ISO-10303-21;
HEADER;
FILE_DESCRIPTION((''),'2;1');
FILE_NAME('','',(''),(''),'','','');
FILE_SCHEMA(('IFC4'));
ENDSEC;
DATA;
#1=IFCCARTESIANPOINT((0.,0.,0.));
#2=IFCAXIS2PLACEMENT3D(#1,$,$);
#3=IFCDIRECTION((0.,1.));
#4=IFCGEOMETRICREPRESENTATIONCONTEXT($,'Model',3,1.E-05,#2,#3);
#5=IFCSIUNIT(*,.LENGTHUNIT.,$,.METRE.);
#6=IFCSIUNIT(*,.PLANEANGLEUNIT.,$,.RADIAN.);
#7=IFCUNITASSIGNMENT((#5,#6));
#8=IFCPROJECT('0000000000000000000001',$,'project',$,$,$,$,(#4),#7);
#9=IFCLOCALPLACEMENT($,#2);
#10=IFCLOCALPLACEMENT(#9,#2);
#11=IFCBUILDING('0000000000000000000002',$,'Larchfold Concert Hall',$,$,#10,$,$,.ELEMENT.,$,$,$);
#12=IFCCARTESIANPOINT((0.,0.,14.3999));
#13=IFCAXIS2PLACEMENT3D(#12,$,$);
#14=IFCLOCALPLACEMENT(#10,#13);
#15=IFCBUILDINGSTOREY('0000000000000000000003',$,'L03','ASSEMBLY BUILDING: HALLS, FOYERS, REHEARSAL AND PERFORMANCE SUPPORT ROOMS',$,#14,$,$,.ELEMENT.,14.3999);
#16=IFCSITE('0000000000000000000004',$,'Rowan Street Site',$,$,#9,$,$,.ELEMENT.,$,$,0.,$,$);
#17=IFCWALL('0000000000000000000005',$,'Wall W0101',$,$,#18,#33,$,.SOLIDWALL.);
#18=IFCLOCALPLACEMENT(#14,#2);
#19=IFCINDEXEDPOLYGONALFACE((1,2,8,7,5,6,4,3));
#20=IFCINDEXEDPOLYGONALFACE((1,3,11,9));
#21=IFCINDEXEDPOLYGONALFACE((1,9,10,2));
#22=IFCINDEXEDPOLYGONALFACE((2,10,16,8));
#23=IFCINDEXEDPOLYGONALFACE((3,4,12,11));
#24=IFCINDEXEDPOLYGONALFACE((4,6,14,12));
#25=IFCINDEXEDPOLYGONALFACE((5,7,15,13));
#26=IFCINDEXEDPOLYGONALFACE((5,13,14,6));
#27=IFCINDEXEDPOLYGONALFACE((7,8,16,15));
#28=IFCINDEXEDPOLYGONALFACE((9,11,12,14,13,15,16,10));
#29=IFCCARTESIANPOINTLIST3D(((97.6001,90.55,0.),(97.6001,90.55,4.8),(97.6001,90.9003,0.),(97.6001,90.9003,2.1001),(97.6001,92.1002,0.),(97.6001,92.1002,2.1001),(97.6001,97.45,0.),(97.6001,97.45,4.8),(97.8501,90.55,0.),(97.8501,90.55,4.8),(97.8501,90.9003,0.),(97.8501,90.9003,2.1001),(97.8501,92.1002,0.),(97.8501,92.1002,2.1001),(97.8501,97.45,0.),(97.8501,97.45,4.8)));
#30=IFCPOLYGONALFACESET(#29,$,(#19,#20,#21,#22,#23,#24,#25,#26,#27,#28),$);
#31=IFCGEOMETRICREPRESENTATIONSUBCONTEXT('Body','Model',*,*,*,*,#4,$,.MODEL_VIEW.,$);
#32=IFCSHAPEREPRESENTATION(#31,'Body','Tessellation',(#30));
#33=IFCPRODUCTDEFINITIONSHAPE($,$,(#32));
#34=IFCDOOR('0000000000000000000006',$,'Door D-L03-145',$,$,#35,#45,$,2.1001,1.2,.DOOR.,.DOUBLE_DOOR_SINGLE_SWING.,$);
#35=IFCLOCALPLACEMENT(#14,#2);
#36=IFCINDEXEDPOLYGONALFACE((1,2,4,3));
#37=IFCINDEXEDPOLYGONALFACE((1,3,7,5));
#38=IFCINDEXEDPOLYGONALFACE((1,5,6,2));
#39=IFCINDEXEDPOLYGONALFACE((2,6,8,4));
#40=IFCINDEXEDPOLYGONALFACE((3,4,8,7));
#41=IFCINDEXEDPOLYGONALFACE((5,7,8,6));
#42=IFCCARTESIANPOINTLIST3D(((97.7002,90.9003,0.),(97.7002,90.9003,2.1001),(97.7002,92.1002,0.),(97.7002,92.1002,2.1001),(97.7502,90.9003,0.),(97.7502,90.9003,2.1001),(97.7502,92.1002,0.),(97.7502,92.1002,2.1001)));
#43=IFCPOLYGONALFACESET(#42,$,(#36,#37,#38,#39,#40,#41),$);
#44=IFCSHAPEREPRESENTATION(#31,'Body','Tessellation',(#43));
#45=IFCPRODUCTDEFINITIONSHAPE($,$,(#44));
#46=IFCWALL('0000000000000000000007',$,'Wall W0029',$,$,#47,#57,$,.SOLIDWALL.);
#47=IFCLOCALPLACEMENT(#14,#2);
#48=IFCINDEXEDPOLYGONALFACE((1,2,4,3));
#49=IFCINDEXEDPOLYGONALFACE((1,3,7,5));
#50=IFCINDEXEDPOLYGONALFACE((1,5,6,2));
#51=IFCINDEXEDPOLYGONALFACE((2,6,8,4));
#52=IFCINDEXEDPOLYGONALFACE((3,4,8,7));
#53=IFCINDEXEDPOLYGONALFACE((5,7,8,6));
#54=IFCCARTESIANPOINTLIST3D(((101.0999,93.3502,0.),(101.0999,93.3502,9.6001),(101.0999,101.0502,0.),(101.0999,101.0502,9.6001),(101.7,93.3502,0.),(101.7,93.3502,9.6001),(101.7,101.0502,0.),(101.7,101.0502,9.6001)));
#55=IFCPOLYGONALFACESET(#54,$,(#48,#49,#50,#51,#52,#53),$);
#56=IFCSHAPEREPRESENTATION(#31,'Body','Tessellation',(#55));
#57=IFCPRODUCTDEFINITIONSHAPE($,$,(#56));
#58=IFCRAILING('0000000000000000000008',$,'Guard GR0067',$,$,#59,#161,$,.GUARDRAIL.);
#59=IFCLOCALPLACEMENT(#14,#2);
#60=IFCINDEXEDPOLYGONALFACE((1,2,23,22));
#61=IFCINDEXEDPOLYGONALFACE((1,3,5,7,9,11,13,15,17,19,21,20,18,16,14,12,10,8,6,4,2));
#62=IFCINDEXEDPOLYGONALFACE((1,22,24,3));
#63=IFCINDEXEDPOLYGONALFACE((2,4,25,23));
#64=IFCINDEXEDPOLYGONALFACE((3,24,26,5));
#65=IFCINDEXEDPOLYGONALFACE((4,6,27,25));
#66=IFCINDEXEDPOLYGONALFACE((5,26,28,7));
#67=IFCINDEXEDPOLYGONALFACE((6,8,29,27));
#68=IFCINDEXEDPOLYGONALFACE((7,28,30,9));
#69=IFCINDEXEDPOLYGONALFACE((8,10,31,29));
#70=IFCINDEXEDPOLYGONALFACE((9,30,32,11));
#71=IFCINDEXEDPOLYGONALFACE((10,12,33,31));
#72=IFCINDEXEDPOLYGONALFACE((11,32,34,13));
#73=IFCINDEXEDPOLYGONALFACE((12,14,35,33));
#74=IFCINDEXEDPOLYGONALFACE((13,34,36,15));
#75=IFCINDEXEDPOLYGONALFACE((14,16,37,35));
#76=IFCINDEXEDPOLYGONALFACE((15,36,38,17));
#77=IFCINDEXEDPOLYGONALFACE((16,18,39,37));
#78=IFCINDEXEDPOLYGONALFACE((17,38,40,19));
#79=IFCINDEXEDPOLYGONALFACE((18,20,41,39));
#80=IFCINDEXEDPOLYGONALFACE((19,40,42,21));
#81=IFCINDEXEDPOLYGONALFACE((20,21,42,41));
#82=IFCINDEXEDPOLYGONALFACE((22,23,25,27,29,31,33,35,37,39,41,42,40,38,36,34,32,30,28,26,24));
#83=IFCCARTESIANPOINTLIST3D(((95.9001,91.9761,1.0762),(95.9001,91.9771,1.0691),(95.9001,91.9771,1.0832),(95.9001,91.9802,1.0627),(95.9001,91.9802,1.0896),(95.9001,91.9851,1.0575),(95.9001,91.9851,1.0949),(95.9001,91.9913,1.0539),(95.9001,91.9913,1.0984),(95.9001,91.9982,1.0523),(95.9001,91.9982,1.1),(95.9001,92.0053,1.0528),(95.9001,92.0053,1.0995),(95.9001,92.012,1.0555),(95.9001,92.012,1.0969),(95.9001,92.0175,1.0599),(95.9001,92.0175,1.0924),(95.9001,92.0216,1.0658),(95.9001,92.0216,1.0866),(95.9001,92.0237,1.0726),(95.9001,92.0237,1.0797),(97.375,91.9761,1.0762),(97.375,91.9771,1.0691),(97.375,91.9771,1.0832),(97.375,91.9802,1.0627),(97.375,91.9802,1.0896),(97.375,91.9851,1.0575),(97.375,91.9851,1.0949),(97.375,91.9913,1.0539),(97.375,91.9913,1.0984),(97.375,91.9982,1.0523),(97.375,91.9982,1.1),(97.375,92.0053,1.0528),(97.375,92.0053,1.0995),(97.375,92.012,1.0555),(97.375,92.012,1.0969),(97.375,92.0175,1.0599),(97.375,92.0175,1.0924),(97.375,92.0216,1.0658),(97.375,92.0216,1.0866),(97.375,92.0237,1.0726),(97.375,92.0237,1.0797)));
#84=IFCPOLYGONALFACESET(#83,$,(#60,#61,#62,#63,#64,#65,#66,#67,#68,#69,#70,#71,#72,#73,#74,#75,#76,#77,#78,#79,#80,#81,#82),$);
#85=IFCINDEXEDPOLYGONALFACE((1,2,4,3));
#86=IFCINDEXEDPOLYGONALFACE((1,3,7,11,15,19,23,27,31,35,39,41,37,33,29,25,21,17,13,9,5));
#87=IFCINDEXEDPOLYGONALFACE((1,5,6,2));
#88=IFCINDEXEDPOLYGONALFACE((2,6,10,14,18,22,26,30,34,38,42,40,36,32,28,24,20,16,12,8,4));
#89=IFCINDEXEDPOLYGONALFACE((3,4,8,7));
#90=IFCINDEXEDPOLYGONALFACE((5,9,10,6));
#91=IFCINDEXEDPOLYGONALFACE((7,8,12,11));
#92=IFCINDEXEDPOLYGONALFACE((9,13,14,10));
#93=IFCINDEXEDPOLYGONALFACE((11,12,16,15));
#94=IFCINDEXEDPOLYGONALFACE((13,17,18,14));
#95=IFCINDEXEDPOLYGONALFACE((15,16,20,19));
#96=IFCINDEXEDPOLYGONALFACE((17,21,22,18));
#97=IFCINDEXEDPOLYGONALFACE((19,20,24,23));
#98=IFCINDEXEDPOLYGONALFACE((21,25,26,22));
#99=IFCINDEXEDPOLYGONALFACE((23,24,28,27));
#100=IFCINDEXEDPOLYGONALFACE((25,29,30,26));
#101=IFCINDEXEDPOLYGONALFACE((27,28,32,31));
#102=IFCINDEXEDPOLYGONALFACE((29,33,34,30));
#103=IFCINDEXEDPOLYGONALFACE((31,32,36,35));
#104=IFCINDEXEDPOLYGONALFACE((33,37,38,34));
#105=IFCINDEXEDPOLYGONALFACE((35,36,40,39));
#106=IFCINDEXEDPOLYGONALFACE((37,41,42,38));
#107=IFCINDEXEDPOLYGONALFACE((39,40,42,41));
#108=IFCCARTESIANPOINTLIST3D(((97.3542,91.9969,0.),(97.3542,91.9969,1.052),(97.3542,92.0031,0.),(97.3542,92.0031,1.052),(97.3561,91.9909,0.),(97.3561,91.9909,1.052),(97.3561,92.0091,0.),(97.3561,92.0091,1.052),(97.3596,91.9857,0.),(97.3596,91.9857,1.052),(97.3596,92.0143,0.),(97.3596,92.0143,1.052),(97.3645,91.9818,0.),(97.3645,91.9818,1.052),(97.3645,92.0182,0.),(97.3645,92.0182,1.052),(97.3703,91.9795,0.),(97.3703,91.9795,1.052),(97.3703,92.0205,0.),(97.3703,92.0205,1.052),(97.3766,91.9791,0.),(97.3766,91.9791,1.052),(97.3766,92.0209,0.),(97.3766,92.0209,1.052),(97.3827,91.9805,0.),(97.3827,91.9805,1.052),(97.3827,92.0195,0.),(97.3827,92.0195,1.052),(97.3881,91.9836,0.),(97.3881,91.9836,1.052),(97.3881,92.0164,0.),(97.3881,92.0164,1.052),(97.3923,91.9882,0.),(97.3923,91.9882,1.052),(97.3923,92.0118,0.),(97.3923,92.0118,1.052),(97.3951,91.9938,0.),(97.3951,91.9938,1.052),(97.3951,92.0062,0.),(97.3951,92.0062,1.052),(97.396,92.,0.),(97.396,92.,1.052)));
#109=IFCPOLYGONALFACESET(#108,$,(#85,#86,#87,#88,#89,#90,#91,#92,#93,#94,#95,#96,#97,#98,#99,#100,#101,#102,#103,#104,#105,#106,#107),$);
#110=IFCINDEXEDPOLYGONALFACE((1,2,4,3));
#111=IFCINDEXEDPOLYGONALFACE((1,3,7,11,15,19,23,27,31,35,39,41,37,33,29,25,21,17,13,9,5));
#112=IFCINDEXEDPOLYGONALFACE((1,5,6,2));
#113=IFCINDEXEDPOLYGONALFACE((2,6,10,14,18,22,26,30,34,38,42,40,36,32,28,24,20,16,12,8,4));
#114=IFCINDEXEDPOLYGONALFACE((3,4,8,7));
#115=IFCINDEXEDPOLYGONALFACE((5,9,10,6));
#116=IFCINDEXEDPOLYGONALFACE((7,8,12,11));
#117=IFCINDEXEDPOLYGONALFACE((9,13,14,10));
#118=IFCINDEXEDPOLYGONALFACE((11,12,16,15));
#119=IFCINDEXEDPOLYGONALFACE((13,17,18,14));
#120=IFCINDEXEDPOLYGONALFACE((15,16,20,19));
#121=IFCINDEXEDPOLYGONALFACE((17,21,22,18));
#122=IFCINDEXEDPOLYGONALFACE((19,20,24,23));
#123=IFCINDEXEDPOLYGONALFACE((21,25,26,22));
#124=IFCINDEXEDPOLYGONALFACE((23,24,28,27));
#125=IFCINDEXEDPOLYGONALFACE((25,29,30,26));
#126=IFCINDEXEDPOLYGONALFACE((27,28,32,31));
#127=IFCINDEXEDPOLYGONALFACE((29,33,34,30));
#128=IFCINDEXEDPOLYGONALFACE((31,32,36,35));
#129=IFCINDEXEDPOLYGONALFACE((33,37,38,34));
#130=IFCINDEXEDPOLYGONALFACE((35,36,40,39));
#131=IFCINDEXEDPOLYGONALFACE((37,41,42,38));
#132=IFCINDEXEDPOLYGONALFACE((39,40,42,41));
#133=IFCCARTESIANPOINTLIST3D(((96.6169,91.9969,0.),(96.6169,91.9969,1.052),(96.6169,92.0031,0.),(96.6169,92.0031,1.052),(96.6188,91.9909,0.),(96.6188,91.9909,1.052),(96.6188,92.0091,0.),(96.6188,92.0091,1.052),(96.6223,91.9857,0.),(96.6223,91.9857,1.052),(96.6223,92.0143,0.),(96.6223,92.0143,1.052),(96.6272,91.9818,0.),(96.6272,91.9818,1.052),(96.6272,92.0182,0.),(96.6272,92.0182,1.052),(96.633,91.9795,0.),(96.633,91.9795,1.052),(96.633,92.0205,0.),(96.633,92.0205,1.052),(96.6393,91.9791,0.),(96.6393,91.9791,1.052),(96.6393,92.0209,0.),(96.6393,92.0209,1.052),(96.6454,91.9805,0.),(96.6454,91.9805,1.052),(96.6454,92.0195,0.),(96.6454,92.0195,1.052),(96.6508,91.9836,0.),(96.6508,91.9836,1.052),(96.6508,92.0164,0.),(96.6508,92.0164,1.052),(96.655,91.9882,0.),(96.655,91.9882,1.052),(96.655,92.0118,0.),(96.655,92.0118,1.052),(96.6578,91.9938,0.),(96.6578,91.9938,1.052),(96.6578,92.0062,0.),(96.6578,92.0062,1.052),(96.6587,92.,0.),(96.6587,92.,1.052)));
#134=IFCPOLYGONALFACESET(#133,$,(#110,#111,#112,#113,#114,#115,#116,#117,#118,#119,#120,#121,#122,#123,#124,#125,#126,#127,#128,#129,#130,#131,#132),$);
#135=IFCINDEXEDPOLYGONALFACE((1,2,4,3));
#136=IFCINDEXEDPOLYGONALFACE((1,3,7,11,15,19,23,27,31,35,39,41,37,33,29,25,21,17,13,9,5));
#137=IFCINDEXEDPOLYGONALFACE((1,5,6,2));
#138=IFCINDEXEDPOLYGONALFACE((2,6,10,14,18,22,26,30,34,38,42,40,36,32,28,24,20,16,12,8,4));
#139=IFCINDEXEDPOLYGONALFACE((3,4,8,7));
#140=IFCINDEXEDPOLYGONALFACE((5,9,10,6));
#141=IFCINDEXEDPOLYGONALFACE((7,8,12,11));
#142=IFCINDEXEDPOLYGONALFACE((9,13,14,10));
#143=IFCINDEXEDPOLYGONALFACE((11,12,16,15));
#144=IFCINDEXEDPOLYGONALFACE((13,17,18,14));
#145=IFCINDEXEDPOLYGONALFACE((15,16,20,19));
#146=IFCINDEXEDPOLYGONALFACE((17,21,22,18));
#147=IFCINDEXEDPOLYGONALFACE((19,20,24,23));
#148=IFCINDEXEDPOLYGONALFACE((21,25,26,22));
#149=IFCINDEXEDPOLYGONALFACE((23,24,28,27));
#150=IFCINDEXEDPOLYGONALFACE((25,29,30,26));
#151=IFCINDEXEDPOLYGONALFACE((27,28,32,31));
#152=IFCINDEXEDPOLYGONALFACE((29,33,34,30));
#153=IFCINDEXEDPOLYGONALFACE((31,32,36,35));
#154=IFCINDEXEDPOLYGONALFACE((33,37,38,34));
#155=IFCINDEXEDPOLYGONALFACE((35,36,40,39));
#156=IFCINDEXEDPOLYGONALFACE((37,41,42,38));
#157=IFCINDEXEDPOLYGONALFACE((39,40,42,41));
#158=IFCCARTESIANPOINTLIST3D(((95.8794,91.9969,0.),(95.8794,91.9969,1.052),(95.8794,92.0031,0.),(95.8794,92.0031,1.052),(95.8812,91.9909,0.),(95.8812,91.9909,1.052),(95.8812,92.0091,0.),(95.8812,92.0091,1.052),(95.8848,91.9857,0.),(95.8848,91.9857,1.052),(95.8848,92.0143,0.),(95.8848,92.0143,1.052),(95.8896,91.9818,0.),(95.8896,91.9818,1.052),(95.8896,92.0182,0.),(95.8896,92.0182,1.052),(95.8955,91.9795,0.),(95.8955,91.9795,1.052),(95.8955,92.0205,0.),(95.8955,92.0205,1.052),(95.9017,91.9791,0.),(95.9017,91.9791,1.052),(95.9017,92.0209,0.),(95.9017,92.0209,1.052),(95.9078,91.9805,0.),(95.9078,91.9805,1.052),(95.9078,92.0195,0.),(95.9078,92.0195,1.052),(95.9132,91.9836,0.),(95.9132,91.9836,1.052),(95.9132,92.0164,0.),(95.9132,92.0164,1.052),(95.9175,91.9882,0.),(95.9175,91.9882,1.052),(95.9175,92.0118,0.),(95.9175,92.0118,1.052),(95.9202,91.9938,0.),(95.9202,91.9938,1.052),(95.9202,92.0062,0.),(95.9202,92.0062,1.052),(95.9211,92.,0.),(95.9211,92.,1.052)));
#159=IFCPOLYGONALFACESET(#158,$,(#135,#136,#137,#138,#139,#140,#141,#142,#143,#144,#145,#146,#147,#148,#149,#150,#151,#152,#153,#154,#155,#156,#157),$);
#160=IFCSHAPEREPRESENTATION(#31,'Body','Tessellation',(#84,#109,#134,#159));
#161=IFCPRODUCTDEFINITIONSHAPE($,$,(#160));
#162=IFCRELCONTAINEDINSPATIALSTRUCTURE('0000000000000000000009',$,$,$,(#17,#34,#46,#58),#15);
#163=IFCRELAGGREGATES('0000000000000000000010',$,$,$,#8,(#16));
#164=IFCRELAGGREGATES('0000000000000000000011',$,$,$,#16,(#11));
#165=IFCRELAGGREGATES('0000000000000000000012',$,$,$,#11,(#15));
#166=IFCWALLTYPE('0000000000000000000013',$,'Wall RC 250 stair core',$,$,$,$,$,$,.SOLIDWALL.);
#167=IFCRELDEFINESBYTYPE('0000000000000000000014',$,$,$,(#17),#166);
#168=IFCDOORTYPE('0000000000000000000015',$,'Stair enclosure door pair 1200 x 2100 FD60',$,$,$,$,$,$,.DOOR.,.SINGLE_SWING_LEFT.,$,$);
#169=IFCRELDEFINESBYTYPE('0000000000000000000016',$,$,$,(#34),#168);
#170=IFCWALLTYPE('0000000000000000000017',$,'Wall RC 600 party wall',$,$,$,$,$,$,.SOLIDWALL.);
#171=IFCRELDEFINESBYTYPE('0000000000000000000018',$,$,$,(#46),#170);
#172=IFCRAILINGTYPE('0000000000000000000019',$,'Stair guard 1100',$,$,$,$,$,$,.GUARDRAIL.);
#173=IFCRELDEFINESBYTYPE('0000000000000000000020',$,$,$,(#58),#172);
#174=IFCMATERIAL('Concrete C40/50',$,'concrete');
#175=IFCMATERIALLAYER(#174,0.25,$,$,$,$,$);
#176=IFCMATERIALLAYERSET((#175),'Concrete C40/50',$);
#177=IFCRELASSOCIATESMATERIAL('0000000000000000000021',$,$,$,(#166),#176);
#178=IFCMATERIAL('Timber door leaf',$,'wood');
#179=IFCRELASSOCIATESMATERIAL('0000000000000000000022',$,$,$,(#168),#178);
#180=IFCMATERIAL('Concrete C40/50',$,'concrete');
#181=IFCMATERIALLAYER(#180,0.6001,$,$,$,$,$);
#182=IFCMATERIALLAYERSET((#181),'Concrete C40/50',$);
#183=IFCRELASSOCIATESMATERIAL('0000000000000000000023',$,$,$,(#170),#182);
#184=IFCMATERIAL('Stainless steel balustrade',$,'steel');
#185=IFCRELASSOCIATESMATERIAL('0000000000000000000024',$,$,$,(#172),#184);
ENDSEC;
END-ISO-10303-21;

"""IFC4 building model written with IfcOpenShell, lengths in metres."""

from ifc_helpers import new_model, si_unit, direction, frame, frame_2d, origin, origin_2d, place, context, subcontext, project, spatial, rectangle, circle, extrude, material, layer, layer_set, type_object, element, fill, save


model = new_model("IFC4")

# Units and contexts
model_context = context("Model", 3, precision=1e-05, world=origin(), true_north=direction((0.0, 1.0)))
body_context = subcontext(model_context, "Body", "Model", "MODEL_VIEW")
ifc_project = project(units=[si_unit("LENGTHUNIT", "METRE"), si_unit("PLANEANGLEUNIT", "RADIAN")], contexts=[model_context])

# Site, building, storey
site_placement = place(None, origin())
site = spatial("IfcSite", under=ifc_project, at=site_placement, Name="Rowan Street Site", CompositionType="ELEMENT", RefElevation=0.0)
building_placement = place(site_placement, origin())
building = spatial("IfcBuilding", under=site, at=building_placement, Name="Larchfold Concert Hall", CompositionType="ELEMENT")
storey_placement = place(building_placement, frame((0.0, 0.0, 14.3999)))
storey = spatial("IfcBuildingStorey", under=building, at=storey_placement, Name="L03", Description="ASSEMBLY BUILDING: HALLS, FOYERS, REHEARSAL AND PERFORMANCE SUPPORT ROOMS", CompositionType="ELEMENT", Elevation=14.3999)

# Shared definitions
ifc_material_1 = material(Name="Concrete C40/50", Category="concrete")
ifc_layer_1 = layer(ifc_material_1, 0.25)
ifc_layer_set_1 = layer_set([ifc_layer_1], Name="Concrete C40/50")
wall_type_1 = type_object("IfcWallType", Name="Wall RC 250 stair core", PredefinedType="SOLIDWALL", material=ifc_layer_set_1)

# Wall, opening, door
wall_1_placement = place(storey_placement, frame((97.7251, 90.55, 0.0), z_axis=(0.0, 0.0, 1.0), x_axis=(0.0, 1.0, 0.0)))
wall_1 = element("IfcWall", 1, at=wall_1_placement, inside=storey, type_object=wall_type_1, Name="Wall W0101", PredefinedType="SOLIDWALL", context=body_context, shape_type="SweptSolid", body=[
    extrude(rectangle(XDim=6.8999, YDim=0.25, at=frame_2d((3.45, 0.0))), origin(), (0.0, 0.0, 1.0), 4.8),
])
opening_placement = place(wall_1_placement, frame((0.3501, 0.0, 0.0)))
opening = element("IfcOpeningElement", 2, at=opening_placement, cuts=wall_1, PredefinedType="OPENING", context=body_context, shape_type="SweptSolid", body=[
    extrude(rectangle(XDim=1.2, YDim=2.1001, at=frame_2d((0.6001, 1.05))), frame((0.0, 0.135, 0.0), z_axis=(0.0, -1.0, 0.0), x_axis=(1.0, 0.0, 0.0)), (0.0, 0.0, 1.0), 0.27),
])
ifc_material_2 = material(Name="Timber door leaf", Category="wood")
door_type = type_object("IfcDoorType", Name="Stair enclosure door pair 1200 x 2100 FD60", OperationType="SINGLE_SWING_LEFT", PredefinedType="DOOR", material=ifc_material_2)
door_placement = place(opening_placement, origin())
door = element("IfcDoor", 3, at=door_placement, inside=storey, type_object=door_type, Name="Door D-L03-145", OperationType="DOUBLE_DOOR_SINGLE_SWING", OverallHeight=2.1001, OverallWidth=1.2, PredefinedType="DOOR", context=body_context, shape_type="SweptSolid", body=[
    extrude(rectangle(XDim=1.2, YDim=2.1001, at=frame_2d((0.6001, 1.05))), frame((0.0, 0.0249, 0.0), z_axis=(0.0, -1.0, 0.0), x_axis=(1.0, 0.0, 0.0)), (0.0, 0.0, 1.0), 0.05),
])
fill(opening, door)

# Wall
ifc_material_3 = material(Name="Concrete C40/50", Category="concrete")
ifc_layer_2 = layer(ifc_material_3, 0.6001)
ifc_layer_set_2 = layer_set([ifc_layer_2], Name="Concrete C40/50")
wall_type_2 = type_object("IfcWallType", Name="Wall RC 600 party wall", PredefinedType="SOLIDWALL", material=ifc_layer_set_2)
wall_2_placement = place(storey_placement, frame((101.3999, 93.3501, 0.0), z_axis=(0.0, 0.0, 1.0), x_axis=(0.0, 1.0, 0.0)))
element("IfcWall", 4, at=wall_2_placement, inside=storey, type_object=wall_type_2, Name="Wall W0029", PredefinedType="SOLIDWALL", context=body_context, shape_type="SweptSolid", body=[
    extrude(rectangle(XDim=7.7, YDim=0.6001, at=frame_2d((3.8501, 0.0))), origin(), (0.0, 0.0, 1.0), 9.6001),
])

# Railing
ifc_material_4 = material(Name="Stainless steel balustrade", Category="steel")
railing_type = type_object("IfcRailingType", Name="Stair guard 1100", PredefinedType="GUARDRAIL", material=ifc_material_4)
railing_placement = place(storey_placement, frame((97.375, 92.0, 0.0)))
element("IfcRailing", 5, at=railing_placement, inside=storey, type_object=railing_type, Name="Guard GR0067", PredefinedType="GUARDRAIL", context=body_context, shape_type="SweptSolid", body=[
    extrude(circle(Radius=0.0239, at=origin_2d()), frame((0.0, 0.0, 1.0762), z_axis=(-1.0, 0.0, 0.0), x_axis=(0.0, -1.0, 0.0)), (0.0, 0.0, 1.0), 1.4749),
    extrude(circle(Radius=0.021, at=origin_2d()), origin(), (0.0, 0.0, 1.0), 1.052),
    extrude(circle(Radius=0.021, at=origin_2d()), frame((-0.7373, 0.0, 0.0)), (0.0, 0.0, 1.0), 1.052),
    extrude(circle(Radius=0.021, at=origin_2d()), frame((-1.4749, 0.0, 0.0)), (0.0, 0.0, 1.0), 1.052),
])

save(model, "model.ifc")
